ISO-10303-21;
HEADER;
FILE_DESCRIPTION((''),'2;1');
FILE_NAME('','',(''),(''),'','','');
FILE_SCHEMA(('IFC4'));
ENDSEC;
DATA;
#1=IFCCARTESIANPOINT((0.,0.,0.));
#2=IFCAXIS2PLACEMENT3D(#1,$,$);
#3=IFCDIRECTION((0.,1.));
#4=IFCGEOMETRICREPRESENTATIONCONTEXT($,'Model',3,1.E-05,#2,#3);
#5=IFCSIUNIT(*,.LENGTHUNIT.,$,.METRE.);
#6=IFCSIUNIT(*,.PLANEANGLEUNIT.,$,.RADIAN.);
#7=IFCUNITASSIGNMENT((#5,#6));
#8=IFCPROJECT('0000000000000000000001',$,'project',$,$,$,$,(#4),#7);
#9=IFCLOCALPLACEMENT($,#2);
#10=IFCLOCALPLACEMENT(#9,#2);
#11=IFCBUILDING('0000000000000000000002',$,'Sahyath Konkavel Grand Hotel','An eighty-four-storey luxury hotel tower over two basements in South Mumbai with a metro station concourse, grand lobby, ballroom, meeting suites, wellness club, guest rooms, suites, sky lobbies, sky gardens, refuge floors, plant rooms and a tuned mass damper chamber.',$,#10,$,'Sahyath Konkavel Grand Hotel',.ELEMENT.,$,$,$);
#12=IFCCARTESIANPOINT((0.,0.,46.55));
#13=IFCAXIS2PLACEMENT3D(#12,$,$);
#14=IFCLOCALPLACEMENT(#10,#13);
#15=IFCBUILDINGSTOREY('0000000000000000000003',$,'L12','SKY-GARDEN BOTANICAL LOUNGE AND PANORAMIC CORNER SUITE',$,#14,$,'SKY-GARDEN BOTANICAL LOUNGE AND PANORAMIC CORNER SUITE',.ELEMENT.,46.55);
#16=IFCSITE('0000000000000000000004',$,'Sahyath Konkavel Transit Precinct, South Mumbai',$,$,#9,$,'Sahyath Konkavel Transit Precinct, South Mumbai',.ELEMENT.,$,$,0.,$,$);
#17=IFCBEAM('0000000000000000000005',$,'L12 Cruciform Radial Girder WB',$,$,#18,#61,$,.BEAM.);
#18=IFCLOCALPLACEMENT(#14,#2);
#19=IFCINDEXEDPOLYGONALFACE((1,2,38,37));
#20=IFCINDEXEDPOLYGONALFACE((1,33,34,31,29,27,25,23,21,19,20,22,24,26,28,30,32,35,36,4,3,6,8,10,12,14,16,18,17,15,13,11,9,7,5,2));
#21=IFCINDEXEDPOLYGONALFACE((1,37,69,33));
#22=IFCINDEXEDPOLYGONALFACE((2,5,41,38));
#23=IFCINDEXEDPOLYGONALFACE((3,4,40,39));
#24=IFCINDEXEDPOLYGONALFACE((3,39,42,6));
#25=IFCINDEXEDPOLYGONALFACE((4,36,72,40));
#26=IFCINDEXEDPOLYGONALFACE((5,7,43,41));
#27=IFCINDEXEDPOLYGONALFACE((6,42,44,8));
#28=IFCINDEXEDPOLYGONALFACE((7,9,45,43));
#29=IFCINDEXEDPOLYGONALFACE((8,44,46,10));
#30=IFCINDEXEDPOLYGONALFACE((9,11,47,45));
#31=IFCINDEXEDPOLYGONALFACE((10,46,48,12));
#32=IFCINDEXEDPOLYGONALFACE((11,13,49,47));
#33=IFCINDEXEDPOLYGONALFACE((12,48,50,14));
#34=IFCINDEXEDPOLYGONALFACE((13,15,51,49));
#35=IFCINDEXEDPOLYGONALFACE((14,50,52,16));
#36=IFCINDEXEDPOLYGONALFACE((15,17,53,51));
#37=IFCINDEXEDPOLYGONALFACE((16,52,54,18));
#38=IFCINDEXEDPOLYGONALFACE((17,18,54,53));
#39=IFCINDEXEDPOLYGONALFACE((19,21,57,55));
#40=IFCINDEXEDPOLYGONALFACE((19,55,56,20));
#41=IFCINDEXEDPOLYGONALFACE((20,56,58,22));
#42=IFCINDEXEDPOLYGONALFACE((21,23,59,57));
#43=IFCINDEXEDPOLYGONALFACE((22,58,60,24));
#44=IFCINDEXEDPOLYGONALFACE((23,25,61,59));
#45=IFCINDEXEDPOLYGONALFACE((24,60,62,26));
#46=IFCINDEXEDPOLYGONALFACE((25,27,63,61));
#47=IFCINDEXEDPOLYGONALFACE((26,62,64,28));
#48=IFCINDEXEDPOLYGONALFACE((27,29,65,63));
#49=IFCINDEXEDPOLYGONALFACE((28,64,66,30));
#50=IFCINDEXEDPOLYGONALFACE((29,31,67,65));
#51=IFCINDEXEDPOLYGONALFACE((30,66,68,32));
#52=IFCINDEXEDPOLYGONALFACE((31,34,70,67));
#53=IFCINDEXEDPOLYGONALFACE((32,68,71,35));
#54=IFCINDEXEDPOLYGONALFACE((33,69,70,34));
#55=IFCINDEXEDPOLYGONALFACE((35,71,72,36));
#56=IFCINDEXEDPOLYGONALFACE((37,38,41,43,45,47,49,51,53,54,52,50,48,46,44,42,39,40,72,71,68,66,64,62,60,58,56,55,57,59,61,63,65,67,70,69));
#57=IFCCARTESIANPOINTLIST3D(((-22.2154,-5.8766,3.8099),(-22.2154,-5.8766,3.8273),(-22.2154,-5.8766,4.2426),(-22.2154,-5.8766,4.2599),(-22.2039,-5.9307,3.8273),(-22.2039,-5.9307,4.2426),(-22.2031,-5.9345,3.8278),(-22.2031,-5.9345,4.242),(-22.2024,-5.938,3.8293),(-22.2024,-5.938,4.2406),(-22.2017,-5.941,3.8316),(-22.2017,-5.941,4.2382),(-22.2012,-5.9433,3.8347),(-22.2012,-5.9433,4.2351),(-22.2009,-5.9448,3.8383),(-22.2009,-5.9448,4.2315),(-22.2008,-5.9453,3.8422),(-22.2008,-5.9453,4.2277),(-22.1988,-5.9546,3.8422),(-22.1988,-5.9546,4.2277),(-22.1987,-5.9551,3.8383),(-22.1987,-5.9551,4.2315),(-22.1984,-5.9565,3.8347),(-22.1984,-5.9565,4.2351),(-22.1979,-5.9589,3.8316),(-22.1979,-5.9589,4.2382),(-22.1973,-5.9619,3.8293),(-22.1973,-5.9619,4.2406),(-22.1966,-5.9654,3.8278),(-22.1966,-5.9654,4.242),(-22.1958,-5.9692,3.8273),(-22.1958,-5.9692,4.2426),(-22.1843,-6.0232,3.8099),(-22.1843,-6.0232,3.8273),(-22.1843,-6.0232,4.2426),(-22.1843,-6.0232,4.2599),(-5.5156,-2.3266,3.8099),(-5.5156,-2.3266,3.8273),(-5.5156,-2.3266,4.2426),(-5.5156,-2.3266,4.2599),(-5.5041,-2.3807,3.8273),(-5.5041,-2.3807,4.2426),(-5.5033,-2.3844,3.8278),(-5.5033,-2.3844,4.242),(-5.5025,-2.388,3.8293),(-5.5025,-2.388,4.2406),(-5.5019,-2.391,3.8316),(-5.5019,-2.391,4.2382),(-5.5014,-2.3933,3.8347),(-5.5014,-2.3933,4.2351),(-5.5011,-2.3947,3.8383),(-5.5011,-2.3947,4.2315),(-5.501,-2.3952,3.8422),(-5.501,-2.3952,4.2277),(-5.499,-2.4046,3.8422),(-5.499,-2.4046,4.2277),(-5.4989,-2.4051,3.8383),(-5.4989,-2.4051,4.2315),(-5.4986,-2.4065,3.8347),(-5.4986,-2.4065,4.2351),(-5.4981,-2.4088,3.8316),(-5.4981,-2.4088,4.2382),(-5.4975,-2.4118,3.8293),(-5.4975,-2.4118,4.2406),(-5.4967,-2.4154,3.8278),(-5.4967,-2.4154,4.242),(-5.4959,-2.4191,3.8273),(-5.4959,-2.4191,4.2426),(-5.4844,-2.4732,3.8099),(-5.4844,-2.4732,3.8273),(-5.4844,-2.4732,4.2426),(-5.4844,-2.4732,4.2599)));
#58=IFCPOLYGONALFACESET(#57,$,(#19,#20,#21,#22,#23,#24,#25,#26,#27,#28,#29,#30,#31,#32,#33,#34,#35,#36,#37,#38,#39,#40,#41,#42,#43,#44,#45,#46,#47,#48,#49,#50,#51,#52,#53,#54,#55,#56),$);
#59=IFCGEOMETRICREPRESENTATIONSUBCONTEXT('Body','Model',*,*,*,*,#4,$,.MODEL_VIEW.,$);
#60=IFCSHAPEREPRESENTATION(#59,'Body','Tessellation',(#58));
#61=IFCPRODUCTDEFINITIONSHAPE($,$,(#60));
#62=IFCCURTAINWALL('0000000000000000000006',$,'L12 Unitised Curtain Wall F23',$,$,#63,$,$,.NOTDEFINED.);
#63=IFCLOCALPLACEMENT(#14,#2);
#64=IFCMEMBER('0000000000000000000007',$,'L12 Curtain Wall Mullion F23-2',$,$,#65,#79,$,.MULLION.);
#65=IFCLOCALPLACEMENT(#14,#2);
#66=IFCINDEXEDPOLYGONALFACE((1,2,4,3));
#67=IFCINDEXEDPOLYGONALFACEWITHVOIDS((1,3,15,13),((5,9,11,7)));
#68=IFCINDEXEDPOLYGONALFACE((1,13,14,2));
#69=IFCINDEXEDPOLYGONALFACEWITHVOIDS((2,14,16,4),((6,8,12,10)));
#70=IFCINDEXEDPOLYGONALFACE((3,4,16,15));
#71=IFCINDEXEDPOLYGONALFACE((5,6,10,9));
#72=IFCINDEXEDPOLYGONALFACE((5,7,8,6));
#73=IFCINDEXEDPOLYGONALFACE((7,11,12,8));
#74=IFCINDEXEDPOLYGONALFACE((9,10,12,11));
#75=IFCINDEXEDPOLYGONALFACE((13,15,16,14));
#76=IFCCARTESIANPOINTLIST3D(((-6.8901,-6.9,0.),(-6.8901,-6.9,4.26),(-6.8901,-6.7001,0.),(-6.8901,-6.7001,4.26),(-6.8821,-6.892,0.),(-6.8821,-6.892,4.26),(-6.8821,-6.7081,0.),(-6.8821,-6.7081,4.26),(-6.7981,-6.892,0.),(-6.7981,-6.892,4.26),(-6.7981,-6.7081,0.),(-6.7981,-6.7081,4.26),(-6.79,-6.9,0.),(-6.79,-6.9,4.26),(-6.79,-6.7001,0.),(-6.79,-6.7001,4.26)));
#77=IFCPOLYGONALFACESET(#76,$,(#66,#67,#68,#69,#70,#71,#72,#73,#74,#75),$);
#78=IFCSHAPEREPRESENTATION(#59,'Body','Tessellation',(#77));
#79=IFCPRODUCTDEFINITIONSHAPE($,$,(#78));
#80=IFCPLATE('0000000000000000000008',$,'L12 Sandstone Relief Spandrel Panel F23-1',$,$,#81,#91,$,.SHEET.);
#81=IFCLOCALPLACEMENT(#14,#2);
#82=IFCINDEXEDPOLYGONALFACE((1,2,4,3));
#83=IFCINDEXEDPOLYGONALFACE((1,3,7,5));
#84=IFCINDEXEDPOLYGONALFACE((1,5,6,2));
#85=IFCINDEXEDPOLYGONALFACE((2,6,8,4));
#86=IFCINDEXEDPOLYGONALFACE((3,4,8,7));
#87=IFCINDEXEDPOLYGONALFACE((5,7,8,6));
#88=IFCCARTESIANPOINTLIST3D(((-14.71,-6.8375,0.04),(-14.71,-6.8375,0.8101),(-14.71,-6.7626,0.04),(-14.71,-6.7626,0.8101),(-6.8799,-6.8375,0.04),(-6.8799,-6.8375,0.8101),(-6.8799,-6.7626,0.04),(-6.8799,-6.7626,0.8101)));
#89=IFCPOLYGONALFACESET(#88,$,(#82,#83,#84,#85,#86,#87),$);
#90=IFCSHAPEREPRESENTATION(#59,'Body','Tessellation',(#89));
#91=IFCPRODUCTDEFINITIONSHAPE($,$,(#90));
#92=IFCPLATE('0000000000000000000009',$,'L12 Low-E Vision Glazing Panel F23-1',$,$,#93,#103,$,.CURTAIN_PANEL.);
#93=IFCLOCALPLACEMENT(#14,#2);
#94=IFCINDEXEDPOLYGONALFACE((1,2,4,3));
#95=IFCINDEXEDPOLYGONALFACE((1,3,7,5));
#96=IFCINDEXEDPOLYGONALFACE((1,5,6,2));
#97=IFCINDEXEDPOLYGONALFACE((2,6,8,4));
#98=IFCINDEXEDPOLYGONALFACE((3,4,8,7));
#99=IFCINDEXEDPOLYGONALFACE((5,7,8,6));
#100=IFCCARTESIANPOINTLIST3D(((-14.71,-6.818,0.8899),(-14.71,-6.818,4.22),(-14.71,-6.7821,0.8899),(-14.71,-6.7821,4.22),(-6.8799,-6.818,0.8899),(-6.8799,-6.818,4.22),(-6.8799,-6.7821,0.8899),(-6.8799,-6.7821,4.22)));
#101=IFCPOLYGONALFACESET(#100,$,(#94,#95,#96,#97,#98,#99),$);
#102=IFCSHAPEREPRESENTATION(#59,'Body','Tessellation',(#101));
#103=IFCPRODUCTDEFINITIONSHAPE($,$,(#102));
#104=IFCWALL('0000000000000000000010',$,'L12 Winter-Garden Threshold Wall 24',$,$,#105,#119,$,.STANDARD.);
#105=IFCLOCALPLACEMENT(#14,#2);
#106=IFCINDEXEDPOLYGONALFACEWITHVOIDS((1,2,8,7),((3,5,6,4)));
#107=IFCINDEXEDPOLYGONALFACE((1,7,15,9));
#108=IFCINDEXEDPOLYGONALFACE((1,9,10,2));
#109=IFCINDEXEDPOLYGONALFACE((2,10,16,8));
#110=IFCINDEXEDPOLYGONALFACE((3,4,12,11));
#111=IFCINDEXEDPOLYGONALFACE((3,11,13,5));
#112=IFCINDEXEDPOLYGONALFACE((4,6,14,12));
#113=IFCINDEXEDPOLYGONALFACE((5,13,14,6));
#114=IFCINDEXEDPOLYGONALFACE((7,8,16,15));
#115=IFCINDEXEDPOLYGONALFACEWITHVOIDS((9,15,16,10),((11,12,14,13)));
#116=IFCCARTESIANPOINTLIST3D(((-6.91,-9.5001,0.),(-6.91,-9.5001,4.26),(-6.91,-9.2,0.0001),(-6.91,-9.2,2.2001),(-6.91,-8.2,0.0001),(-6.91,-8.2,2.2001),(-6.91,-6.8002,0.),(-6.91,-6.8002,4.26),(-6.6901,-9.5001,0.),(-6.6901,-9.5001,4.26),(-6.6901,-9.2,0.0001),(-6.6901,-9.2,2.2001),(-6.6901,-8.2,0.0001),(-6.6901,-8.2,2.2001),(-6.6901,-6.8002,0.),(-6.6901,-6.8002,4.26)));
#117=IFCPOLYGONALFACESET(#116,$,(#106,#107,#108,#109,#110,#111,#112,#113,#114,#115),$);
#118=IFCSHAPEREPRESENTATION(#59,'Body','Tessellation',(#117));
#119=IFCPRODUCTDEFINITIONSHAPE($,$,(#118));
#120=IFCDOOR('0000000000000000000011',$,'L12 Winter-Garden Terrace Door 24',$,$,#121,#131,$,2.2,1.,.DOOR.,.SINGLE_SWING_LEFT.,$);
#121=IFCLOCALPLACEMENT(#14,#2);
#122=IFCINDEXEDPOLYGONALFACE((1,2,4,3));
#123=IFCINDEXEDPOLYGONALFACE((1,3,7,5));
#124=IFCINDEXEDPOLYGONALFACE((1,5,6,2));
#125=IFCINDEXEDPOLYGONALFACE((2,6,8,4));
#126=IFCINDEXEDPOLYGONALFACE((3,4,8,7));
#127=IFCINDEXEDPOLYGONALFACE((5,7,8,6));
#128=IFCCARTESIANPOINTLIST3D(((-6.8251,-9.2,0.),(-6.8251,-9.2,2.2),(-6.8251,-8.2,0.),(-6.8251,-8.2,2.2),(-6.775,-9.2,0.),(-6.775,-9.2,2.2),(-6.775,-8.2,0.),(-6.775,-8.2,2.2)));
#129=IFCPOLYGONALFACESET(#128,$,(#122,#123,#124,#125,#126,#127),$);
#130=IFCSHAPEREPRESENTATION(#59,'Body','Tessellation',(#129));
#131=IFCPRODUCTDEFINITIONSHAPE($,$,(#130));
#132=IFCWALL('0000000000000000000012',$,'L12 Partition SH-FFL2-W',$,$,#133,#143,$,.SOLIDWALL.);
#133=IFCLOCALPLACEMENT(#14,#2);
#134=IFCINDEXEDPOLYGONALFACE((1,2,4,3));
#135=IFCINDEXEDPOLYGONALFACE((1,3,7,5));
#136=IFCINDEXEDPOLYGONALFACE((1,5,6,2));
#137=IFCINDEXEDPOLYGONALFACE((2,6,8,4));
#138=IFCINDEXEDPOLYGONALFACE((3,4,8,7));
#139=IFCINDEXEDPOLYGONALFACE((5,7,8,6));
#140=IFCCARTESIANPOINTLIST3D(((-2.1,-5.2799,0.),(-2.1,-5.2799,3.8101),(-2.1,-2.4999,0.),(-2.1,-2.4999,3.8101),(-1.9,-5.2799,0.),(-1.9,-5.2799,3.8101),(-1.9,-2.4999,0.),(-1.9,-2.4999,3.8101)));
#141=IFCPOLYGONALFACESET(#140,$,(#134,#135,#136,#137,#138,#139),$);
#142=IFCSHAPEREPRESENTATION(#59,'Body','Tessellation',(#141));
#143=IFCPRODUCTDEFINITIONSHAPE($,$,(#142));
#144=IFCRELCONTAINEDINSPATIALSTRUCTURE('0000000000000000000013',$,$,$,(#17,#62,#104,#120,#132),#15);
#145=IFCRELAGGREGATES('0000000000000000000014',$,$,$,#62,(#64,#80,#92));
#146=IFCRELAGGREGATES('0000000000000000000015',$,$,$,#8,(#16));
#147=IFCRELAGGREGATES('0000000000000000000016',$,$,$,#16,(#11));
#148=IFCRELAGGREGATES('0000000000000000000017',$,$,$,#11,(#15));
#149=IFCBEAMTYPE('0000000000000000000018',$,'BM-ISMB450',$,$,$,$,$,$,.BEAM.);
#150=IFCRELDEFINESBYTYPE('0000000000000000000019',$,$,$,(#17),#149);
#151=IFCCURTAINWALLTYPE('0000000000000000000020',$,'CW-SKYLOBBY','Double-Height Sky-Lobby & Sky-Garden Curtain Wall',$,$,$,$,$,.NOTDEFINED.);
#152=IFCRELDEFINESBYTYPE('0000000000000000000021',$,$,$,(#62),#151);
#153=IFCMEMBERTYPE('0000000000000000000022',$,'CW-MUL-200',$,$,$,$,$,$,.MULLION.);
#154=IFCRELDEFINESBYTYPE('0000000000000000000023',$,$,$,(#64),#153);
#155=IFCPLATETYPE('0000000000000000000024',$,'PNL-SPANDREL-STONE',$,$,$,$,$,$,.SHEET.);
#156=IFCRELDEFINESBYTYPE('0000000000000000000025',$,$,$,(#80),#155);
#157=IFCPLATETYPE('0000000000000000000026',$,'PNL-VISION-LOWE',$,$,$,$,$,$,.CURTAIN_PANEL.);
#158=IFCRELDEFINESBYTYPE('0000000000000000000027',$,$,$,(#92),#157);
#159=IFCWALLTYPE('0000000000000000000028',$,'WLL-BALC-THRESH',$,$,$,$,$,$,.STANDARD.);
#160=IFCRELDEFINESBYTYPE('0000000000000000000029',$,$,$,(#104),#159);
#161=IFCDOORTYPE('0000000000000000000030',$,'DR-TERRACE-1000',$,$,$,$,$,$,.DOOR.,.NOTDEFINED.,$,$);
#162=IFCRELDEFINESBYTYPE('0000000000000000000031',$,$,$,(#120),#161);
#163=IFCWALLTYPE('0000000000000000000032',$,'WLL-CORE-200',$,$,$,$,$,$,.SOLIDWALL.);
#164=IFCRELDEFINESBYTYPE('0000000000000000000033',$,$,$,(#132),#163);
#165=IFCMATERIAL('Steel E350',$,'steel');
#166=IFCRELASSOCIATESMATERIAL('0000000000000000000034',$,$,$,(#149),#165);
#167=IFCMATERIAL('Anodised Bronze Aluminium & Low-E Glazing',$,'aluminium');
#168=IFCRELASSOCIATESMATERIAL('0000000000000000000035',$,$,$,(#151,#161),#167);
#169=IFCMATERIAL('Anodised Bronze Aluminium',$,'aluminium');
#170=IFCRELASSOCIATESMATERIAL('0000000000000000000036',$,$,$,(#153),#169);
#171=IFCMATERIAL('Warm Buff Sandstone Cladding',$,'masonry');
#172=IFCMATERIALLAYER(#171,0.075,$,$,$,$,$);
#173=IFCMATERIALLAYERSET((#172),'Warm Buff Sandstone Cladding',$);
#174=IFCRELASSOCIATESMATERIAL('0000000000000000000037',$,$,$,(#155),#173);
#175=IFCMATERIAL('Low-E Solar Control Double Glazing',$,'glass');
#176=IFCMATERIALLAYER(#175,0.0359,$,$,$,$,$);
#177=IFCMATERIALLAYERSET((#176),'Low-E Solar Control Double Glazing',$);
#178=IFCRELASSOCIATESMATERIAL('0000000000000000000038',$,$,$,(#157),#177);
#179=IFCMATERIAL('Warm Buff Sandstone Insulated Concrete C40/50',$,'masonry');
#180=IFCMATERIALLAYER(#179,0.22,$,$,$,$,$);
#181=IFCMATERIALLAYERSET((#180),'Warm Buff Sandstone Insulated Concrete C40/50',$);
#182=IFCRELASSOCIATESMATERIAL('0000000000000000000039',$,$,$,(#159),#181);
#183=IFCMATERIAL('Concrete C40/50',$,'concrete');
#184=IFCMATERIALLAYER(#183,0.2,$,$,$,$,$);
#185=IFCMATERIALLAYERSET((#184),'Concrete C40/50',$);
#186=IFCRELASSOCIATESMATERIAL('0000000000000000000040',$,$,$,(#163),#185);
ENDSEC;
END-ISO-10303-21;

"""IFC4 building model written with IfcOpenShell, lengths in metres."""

from ifc_helpers import new_model, si_unit, direction, frame, frame_2d, origin, origin_2d, place, context, subcontext, project, spatial, rectangle, hollow_rectangle, i_section, extrude, source, transform, mapped, material, layer, layer_set, material_profile, profile_set, type_object, element, fill, aggregate, save


model = new_model("IFC4")

# Units and contexts
model_context = context("Model", 3, precision=1e-05, world=origin(), true_north=direction((0.0, 1.0)))
body_context = subcontext(model_context, "Body", "Model", "MODEL_VIEW")
ifc_project = project(units=[si_unit("LENGTHUNIT", "METRE"), si_unit("PLANEANGLEUNIT", "RADIAN")], contexts=[model_context])

# Site, building, storey
site_placement = place(None, origin())
site = spatial("IfcSite", under=ifc_project, at=site_placement, Name="Sahyath Konkavel Transit Precinct, South Mumbai", LongName="Sahyath Konkavel Transit Precinct, South Mumbai", CompositionType="ELEMENT", RefElevation=0.0)
building_placement = place(site_placement, origin())
building = spatial("IfcBuilding", under=site, at=building_placement, Name="Sahyath Konkavel Grand Hotel", Description="An eighty-four-storey luxury hotel tower over two basements in South Mumbai with a metro station concourse, grand lobby, ballroom, meeting suites, wellness club, guest rooms, suites, sky lobbies, sky gardens, refuge floors, plant rooms and a tuned mass damper chamber.", LongName="Sahyath Konkavel Grand Hotel", CompositionType="ELEMENT")
storey_placement = place(building_placement, frame((0.0, 0.0, 46.55)))
storey = spatial("IfcBuildingStorey", under=building, at=storey_placement, Name="L12", Description="SKY-GARDEN BOTANICAL LOUNGE AND PANORAMIC CORNER SUITE", LongName="SKY-GARDEN BOTANICAL LOUNGE AND PANORAMIC CORNER SUITE", CompositionType="ELEMENT", Elevation=46.55)

# Beam
ifc_material_1 = material(Name="Steel E350", Category="steel")
ifc_material_profile_1 = material_profile(ifc_material_1, i_section(OverallWidth=0.1499, OverallDepth=0.45, WebThickness=0.0095, FlangeThickness=0.0173, FilletRadius=0.0149, at=origin_2d()), Name="ISMB 450")
ifc_profile_set_1 = profile_set([ifc_material_profile_1], Name="Steel E350")
beam_type_1 = type_object("IfcBeamType", Name="BM-ISMB450", PredefinedType="BEAM", material=ifc_profile_set_1)
shared_shape_1 = source(origin(), body_context, "Body", "SweptSolid", [
    extrude(i_section(OverallWidth=0.1499, OverallDepth=0.45, WebThickness=0.0095, FlangeThickness=0.0173, FilletRadius=0.0149, at=origin_2d()), origin(), (0.0, 0.0, 1.0), 17.073),
])
beam_1_placement = place(storey_placement, frame((-5.5, -2.3999, 4.0349), z_axis=(-0.978143, -0.207932, 0.0), x_axis=(0.207932, -0.978143, 0.0)))
element("IfcBeam", 1, at=beam_1_placement, inside=storey, type_object=beam_type_1, Name="L12 Cruciform Radial Girder WB", PredefinedType="BEAM", context=body_context, shape_type="MappedRepresentation", body=[
    mapped(shared_shape_1, transform((0.0, 0.0, 0.0), scale=1.0)),
])

# Curtain wall, member, plates
ifc_material_2 = material(Name="Anodised Bronze Aluminium & Low-E Glazing", Category="aluminium")
curtain_wall_type = type_object("IfcCurtainWallType", Name="CW-SKYLOBBY", Description="Double-Height Sky-Lobby & Sky-Garden Curtain Wall", PredefinedType="NOTDEFINED", material=ifc_material_2)
curtain_wall_placement = place(storey_placement, origin())
curtain_wall = element("IfcCurtainWall", 2, at=curtain_wall_placement, inside=storey, type_object=curtain_wall_type, Name="L12 Unitised Curtain Wall F23", PredefinedType="NOTDEFINED")
ifc_material_3 = material(Name="Anodised Bronze Aluminium", Category="aluminium")
ifc_material_profile_2 = material_profile(ifc_material_3, hollow_rectangle(XDim=0.1001, YDim=0.2, WallThickness=0.0081, at=origin_2d()), Name="RHS 200x100x8")
ifc_profile_set_2 = profile_set([ifc_material_profile_2], Name="Anodised Bronze Aluminium")
member_type = type_object("IfcMemberType", Name="CW-MUL-200", PredefinedType="MULLION", material=ifc_profile_set_2)
shared_shape_2 = source(origin(), body_context, "Body", "SweptSolid", [
    extrude(hollow_rectangle(XDim=0.1001, YDim=0.2, WallThickness=0.0081, at=origin_2d()), origin(), (0.0, 0.0, 1.0), 4.26),
])
member_placement = place(storey_placement, frame((-6.8401, -6.8, 0.0), z_axis=(0.0, 0.0, 1.0), x_axis=(1.0, 0.0, 0.0)))
member = element("IfcMember", 3, at=member_placement, type_object=member_type, Name="L12 Curtain Wall Mullion F23-2", PredefinedType="MULLION", context=body_context, shape_type="MappedRepresentation", body=[
    mapped(shared_shape_2, transform((0.0, 0.0, 0.0), scale=1.0)),
])
ifc_material_4 = material(Name="Warm Buff Sandstone Cladding", Category="masonry")
ifc_layer_1 = layer(ifc_material_4, 0.075)
ifc_layer_set_1 = layer_set([ifc_layer_1], Name="Warm Buff Sandstone Cladding")
plate_type_1 = type_object("IfcPlateType", Name="PNL-SPANDREL-STONE", PredefinedType="SHEET", material=ifc_layer_set_1)
shared_shape_3 = source(origin(), body_context, "Body", "SweptSolid", [
    extrude(rectangle(XDim=7.8301, YDim=0.075, at=origin_2d()), origin(), (0.0, 0.0, 1.0), 0.77),
])
plate_1_placement = place(storey_placement, frame((-10.7949, -6.8, 0.04), z_axis=(0.0, 0.0, 1.0), x_axis=(1.0, 0.0, 0.0)))
plate_1 = element("IfcPlate", 4, at=plate_1_placement, type_object=plate_type_1, Name="L12 Sandstone Relief Spandrel Panel F23-1", PredefinedType="SHEET", context=body_context, shape_type="MappedRepresentation", body=[
    mapped(shared_shape_3, transform((0.0, 0.0, 0.0), scale=1.0)),
])
ifc_material_5 = material(Name="Low-E Solar Control Double Glazing", Category="glass")
ifc_layer_2 = layer(ifc_material_5, 0.0359)
ifc_layer_set_2 = layer_set([ifc_layer_2], Name="Low-E Solar Control Double Glazing")
plate_type_2 = type_object("IfcPlateType", Name="PNL-VISION-LOWE", PredefinedType="CURTAIN_PANEL", material=ifc_layer_set_2)
shared_shape_4 = source(origin(), body_context, "Body", "SweptSolid", [
    extrude(rectangle(XDim=7.8301, YDim=0.0359, at=origin_2d()), origin(), (0.0, 0.0, 1.0), 3.3301),
])
plate_2_placement = place(storey_placement, frame((-10.7949, -6.8, 0.8899), z_axis=(0.0, 0.0, 1.0), x_axis=(1.0, 0.0, 0.0)))
plate_2 = element("IfcPlate", 5, at=plate_2_placement, type_object=plate_type_2, Name="L12 Low-E Vision Glazing Panel F23-1", PredefinedType="CURTAIN_PANEL", context=body_context, shape_type="MappedRepresentation", body=[
    mapped(shared_shape_4, transform((0.0, 0.0, 0.0), scale=1.0)),
])
aggregate(curtain_wall, [member, plate_1, plate_2])

# Wall, opening, door
ifc_material_6 = material(Name="Warm Buff Sandstone Insulated Concrete C40/50", Category="masonry")
ifc_layer_3 = layer(ifc_material_6, 0.22)
ifc_layer_set_3 = layer_set([ifc_layer_3], Name="Warm Buff Sandstone Insulated Concrete C40/50")
wall_type_1 = type_object("IfcWallType", Name="WLL-BALC-THRESH", PredefinedType="STANDARD", material=ifc_layer_set_3)
wall_1_placement = place(storey_placement, frame((-6.8, -6.8, 0.0), z_axis=(0.0, 0.0, 1.0), x_axis=(0.0, -1.0, 0.0)))
wall_1 = element("IfcWall", 6, at=wall_1_placement, inside=storey, type_object=wall_type_1, Name="L12 Winter-Garden Threshold Wall 24", PredefinedType="STANDARD", context=body_context, shape_type="SweptSolid", body=[
    extrude(rectangle(XDim=2.7, YDim=0.22, at=frame_2d((1.3501, 0.0))), origin(), (0.0, 0.0, 1.0), 4.26),
])
opening_1_placement = place(wall_1_placement, frame((1.3999, 0.0, 0.0)))
opening_1 = element("IfcOpeningElement", 7, at=opening_1_placement, cuts=wall_1, PredefinedType="OPENING", context=body_context, shape_type="SweptSolid", body=[
    extrude(rectangle(XDim=1.0, YDim=2.2, at=frame_2d((0.5, 1.1001))), frame((0.0, 0.1201, 0.0), z_axis=(0.0, -1.0, 0.0), x_axis=(1.0, 0.0, 0.0)), (0.0, 0.0, 1.0), 0.24),
])
door_type_1 = type_object("IfcDoorType", Name="DR-TERRACE-1000", OperationType="NOTDEFINED", PredefinedType="DOOR", material=ifc_material_2)
shared_shape_5 = source(origin(), body_context, "Body", "SweptSolid", [
    extrude(rectangle(XDim=1.0, YDim=0.05, at=origin_2d()), origin(), (0.0, 0.0, 1.0), 2.2),
])
door_1_placement = place(opening_1_placement, frame((0.5, 0.0, 0.0)))
door_1 = element("IfcDoor", 8, at=door_1_placement, inside=storey, type_object=door_type_1, Name="L12 Winter-Garden Terrace Door 24", OperationType="SINGLE_SWING_LEFT", OverallHeight=2.2, OverallWidth=1.0, PredefinedType="DOOR", context=body_context, shape_type="MappedRepresentation", body=[
    mapped(shared_shape_5, transform((0.0, 0.0, 0.0), scale=1.0)),
])
fill(opening_1, door_1)

# Wall
ifc_material_7 = material(Name="Concrete C40/50", Category="concrete")
ifc_layer_4 = layer(ifc_material_7, 0.2)
ifc_layer_set_4 = layer_set([ifc_layer_4], Name="Concrete C40/50")
wall_type_2 = type_object("IfcWallType", Name="WLL-CORE-200", PredefinedType="SOLIDWALL", material=ifc_layer_set_4)
wall_2_placement = place(storey_placement, frame((-2.0, -5.28, 0.0), z_axis=(0.0, 0.0, 1.0), x_axis=(0.0, 1.0, 0.0)))
element("IfcWall", 9, at=wall_2_placement, inside=storey, type_object=wall_type_2, Name="L12 Partition SH-FFL2-W", PredefinedType="SOLIDWALL", context=body_context, shape_type="SweptSolid", body=[
    extrude(rectangle(XDim=2.78, YDim=0.2, at=frame_2d((1.3901, 0.0))), origin(), (0.0, 0.0, 1.0), 3.8101),
])

save(model, "model.ifc")
